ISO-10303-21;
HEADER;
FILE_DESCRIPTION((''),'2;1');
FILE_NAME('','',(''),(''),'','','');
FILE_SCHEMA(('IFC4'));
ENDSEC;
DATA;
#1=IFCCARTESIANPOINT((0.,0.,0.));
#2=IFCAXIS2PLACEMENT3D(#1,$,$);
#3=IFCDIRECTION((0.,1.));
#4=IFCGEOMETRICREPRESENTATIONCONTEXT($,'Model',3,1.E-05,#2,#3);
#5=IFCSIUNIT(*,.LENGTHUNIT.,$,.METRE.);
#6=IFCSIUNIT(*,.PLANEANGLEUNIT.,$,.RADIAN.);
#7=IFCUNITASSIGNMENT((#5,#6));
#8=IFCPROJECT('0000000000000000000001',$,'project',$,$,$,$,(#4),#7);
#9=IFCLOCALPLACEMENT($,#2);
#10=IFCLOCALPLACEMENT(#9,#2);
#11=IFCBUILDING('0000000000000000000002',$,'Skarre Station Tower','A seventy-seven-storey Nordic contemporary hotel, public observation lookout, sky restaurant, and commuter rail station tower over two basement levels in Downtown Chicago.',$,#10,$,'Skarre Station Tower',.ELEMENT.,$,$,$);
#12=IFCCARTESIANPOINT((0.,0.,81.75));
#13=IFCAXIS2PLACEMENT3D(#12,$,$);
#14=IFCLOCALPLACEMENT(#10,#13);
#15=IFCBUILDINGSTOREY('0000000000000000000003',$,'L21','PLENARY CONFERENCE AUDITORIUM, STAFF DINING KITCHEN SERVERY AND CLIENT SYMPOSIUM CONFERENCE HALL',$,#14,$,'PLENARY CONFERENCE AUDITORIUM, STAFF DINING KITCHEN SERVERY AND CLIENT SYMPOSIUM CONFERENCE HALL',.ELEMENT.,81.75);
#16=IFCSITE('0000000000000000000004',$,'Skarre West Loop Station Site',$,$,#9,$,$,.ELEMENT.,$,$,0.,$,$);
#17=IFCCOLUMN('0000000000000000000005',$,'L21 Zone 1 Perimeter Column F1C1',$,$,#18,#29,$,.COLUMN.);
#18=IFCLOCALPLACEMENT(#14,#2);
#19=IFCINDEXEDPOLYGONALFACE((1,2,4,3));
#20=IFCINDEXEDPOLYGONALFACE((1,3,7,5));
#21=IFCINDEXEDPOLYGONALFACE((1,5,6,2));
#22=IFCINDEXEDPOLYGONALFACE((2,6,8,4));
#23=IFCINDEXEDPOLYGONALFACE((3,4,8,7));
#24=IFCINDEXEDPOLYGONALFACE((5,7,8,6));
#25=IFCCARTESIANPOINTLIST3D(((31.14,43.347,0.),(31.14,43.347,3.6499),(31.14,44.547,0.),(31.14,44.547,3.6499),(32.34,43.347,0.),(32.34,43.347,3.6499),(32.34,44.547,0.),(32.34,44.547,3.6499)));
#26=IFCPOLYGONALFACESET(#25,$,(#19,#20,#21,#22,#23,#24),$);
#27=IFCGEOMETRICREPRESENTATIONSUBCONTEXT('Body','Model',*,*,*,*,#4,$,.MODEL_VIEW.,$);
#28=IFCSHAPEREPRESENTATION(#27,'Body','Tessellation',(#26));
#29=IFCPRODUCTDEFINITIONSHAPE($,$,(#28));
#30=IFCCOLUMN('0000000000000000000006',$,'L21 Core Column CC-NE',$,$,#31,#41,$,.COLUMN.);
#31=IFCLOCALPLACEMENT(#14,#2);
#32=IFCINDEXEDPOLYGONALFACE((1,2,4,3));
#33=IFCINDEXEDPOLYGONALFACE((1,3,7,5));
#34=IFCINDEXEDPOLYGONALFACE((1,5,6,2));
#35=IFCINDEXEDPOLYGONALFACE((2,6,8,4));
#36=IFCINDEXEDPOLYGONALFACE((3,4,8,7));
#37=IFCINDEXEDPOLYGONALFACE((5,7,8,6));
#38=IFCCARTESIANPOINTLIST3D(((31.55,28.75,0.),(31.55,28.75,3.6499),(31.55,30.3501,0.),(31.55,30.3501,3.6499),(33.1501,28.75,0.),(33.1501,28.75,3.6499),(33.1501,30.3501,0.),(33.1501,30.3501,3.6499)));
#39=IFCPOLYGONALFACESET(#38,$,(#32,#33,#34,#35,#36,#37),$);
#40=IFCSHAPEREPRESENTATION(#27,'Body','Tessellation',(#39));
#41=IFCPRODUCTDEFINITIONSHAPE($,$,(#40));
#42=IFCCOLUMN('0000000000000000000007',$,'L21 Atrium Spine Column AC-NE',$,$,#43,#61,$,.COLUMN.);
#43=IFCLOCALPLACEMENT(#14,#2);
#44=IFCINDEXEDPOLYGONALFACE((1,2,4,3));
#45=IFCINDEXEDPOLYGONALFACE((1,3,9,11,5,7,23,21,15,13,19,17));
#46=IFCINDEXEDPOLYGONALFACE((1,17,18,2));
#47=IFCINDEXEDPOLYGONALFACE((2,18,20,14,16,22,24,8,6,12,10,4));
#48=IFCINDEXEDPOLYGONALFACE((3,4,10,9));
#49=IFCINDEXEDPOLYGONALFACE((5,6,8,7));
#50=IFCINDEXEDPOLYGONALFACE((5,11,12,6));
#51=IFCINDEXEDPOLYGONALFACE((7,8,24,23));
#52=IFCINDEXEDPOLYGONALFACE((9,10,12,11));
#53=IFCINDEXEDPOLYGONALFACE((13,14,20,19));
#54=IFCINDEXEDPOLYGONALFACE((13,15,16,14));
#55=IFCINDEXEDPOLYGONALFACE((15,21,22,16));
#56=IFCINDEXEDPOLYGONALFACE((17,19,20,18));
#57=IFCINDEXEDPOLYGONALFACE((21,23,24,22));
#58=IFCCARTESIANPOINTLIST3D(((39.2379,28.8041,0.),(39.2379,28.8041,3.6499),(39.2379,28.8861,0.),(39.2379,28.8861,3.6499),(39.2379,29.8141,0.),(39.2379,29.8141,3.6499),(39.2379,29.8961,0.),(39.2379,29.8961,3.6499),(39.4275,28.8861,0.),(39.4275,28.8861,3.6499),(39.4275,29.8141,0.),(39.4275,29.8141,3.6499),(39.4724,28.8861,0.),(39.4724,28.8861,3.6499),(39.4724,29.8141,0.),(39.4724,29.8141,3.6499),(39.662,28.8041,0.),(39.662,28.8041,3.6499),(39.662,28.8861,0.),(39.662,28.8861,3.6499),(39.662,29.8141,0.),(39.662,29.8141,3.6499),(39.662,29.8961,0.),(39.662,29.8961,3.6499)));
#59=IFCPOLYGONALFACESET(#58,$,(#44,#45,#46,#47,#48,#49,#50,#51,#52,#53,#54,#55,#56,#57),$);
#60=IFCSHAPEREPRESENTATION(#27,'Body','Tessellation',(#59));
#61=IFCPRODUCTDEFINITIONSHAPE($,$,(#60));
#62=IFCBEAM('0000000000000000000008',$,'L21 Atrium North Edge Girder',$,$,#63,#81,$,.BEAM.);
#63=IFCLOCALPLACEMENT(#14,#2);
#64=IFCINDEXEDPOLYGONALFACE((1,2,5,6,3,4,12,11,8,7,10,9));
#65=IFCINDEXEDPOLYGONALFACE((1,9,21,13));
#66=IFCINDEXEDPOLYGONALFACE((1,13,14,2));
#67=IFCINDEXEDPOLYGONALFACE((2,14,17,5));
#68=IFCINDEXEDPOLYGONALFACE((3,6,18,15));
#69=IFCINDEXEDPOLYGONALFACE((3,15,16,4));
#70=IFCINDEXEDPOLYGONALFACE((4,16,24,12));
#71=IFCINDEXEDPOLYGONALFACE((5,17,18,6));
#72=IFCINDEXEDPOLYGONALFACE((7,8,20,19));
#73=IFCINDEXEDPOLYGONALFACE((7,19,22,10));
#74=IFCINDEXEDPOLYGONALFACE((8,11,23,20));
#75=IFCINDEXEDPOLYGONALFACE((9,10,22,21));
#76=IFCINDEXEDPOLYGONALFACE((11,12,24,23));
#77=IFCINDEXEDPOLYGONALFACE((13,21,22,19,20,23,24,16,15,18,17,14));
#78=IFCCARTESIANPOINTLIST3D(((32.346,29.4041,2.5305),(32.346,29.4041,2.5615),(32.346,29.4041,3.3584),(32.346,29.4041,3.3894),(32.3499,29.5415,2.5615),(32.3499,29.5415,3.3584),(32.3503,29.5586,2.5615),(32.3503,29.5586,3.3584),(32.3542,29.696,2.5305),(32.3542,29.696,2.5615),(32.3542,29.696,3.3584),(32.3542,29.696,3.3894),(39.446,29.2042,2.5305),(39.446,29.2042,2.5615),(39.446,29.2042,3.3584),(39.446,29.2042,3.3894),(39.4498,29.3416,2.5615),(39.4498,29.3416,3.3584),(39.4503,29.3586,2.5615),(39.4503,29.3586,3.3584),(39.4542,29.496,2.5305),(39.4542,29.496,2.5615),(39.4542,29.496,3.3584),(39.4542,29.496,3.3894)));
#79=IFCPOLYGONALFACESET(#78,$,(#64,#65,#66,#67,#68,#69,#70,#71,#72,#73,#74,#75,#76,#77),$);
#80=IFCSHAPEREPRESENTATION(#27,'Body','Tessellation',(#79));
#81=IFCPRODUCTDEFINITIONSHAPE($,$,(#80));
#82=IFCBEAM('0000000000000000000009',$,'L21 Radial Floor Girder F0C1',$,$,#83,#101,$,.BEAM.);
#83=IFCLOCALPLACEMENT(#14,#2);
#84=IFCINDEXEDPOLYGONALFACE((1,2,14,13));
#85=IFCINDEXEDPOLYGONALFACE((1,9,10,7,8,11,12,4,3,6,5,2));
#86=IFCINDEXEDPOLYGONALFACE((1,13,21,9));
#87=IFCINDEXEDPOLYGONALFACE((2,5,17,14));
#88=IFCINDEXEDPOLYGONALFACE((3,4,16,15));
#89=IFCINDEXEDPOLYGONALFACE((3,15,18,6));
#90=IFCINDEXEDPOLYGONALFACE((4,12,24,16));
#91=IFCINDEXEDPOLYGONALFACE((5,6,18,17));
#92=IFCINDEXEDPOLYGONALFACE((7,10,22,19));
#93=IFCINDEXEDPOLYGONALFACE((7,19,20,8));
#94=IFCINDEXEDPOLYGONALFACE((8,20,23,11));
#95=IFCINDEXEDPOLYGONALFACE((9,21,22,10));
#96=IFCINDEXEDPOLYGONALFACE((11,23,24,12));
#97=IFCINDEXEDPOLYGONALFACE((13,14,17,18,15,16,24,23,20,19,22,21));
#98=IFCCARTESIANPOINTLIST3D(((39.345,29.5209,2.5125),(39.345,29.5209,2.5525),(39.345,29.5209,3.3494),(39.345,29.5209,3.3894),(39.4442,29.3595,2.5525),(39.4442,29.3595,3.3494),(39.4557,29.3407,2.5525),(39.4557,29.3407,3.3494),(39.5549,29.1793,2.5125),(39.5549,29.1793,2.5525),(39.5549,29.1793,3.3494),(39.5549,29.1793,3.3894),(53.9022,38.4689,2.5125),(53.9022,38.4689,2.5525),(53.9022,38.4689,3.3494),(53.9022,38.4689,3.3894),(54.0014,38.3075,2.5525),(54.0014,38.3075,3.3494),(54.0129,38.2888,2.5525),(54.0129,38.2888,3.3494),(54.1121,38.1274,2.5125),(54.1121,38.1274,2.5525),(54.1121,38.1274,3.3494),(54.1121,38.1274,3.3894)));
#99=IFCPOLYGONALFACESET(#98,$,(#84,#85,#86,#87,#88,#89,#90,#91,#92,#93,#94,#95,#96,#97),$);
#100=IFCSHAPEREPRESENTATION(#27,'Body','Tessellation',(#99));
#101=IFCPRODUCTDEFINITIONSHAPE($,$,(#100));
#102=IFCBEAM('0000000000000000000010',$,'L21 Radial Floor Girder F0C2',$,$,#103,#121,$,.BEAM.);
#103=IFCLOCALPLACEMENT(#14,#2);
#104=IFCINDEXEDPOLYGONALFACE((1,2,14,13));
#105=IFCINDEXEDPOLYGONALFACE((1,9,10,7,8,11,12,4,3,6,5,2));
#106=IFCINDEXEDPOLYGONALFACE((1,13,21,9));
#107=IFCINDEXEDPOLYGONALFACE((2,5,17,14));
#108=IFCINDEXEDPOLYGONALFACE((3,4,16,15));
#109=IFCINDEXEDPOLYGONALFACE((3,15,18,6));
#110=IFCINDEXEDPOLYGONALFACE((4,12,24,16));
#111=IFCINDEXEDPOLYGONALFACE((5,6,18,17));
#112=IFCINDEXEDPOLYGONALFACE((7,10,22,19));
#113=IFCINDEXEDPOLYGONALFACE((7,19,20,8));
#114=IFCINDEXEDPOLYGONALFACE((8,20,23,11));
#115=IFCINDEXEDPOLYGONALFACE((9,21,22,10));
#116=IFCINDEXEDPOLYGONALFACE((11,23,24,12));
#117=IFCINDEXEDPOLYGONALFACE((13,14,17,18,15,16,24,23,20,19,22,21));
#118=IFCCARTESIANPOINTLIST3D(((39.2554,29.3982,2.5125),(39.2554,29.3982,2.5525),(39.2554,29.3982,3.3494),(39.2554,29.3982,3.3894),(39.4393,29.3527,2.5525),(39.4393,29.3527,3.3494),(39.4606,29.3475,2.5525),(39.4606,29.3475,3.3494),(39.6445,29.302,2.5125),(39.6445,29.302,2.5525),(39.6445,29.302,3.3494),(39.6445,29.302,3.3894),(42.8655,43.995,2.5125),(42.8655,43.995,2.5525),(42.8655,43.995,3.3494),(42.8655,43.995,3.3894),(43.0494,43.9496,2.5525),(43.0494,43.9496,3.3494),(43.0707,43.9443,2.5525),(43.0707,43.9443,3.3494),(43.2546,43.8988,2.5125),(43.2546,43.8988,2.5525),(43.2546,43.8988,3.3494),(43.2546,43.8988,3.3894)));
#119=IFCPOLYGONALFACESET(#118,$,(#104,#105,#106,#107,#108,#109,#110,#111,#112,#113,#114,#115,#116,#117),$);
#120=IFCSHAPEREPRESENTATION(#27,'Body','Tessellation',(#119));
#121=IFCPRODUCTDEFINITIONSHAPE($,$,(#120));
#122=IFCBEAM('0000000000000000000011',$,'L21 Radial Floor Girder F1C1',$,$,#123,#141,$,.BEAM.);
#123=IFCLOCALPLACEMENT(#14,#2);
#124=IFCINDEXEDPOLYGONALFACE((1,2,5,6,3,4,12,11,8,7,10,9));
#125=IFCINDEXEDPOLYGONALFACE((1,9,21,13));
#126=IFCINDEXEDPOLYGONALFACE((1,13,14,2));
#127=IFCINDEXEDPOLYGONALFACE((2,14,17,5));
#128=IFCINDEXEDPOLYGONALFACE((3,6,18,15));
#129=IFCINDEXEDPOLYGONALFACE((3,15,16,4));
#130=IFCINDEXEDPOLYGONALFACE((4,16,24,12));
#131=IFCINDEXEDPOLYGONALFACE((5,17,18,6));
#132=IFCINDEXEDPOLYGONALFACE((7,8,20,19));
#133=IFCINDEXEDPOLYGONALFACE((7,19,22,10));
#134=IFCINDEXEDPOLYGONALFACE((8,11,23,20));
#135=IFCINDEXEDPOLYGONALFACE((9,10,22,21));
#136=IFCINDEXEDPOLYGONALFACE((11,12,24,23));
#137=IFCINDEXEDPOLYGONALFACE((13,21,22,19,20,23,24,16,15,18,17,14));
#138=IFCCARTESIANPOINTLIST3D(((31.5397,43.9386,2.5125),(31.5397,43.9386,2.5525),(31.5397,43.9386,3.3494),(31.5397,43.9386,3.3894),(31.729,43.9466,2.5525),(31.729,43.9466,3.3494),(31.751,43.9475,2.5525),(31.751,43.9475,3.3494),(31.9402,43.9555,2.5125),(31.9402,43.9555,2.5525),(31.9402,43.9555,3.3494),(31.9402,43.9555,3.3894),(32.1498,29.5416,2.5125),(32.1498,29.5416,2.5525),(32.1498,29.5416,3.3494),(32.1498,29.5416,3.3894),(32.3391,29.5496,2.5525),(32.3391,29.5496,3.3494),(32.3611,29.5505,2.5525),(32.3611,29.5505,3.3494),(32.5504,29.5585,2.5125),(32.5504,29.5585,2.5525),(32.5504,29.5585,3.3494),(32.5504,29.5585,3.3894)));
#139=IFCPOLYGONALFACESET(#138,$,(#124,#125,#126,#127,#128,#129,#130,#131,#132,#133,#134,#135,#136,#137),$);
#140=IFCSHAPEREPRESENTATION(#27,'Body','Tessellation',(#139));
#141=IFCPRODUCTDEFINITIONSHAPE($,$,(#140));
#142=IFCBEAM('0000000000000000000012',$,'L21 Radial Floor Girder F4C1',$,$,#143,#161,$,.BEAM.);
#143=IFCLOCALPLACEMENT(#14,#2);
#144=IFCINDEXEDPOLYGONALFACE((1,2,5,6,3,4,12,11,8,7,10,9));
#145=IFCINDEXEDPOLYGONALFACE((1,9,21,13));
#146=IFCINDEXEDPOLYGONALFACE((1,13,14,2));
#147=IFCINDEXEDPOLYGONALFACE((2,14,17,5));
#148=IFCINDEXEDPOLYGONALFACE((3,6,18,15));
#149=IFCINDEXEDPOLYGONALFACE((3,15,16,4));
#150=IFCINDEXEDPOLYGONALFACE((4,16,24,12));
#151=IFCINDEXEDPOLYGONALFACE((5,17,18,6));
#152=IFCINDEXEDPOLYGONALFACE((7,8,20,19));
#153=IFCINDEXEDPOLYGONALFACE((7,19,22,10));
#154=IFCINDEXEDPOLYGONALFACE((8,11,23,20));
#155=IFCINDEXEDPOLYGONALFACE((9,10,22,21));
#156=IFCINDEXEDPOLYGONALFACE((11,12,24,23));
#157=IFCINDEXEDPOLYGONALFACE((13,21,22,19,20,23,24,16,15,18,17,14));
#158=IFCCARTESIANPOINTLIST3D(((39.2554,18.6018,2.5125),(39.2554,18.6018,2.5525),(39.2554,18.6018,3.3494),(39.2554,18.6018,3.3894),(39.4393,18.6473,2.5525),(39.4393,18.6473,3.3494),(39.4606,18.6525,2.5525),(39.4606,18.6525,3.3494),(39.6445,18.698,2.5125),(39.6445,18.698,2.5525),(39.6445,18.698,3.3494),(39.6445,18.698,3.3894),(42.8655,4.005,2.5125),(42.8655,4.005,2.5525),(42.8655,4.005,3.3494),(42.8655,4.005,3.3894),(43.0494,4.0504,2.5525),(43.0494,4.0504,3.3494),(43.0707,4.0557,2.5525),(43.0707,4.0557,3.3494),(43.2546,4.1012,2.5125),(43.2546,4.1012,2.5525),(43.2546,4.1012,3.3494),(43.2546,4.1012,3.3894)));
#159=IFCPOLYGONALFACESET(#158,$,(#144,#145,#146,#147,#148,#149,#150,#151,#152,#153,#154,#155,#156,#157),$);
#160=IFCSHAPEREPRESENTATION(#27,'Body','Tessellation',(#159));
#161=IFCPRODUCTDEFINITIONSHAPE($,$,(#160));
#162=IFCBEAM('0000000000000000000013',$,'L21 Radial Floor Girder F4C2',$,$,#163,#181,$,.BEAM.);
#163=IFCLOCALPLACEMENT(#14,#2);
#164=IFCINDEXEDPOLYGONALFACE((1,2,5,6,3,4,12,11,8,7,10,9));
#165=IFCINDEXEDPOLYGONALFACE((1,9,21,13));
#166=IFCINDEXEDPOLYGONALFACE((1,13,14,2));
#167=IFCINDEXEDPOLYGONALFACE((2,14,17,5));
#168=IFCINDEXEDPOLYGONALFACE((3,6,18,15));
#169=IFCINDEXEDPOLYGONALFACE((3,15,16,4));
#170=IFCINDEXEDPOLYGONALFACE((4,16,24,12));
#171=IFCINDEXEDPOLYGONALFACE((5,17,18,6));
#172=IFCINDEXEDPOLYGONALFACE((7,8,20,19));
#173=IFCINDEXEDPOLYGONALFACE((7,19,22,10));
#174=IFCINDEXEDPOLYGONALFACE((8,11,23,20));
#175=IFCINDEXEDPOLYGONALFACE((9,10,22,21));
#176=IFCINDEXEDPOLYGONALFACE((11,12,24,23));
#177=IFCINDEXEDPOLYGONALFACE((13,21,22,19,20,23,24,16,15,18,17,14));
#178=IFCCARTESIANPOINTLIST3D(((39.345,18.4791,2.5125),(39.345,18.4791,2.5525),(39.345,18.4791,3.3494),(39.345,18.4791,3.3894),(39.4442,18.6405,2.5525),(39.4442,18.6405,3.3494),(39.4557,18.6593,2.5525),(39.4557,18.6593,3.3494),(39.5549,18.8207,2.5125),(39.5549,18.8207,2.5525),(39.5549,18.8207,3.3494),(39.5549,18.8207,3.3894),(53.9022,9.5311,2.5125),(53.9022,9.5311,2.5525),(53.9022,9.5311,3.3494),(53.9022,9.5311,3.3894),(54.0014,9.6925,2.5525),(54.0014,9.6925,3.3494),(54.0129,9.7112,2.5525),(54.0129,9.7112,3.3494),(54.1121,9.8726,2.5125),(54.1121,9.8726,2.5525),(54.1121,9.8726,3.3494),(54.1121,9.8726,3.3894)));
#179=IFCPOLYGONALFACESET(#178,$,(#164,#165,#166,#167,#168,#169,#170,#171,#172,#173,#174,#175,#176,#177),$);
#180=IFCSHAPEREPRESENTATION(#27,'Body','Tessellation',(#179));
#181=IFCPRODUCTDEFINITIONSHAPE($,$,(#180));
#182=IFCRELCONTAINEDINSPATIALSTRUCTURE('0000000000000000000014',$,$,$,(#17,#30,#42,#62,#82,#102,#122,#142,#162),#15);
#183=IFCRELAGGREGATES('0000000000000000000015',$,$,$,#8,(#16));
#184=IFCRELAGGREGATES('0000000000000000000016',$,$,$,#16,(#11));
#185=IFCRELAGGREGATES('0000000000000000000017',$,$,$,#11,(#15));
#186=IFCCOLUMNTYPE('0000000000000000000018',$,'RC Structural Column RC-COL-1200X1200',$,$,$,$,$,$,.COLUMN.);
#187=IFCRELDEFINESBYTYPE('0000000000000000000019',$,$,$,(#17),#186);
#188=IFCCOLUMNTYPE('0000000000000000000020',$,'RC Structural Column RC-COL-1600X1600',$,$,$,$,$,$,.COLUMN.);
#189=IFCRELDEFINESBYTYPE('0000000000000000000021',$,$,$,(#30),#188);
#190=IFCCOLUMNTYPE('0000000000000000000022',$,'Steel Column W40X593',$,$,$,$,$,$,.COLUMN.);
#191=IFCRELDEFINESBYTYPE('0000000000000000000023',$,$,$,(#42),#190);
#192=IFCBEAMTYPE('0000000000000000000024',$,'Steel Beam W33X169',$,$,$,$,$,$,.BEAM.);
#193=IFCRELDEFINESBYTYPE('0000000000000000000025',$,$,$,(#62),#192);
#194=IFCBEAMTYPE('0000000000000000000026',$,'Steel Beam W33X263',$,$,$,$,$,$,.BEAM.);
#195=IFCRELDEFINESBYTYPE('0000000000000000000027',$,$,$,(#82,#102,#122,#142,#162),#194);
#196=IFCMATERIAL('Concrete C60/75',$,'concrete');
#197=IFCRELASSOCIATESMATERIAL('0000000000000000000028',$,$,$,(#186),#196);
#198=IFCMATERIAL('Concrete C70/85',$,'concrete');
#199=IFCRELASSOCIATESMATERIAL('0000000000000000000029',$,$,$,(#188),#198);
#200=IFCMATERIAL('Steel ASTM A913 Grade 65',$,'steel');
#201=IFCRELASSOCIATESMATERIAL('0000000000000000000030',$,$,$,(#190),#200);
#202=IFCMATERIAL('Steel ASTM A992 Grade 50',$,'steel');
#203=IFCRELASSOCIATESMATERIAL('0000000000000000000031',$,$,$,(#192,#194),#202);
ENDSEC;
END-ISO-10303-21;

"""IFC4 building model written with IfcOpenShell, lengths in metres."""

from ifc_helpers import new_model, si_unit, direction, frame, origin, origin_2d, place, context, subcontext, project, spatial, rectangle, i_section, extrude, material, material_profile, profile_set, type_object, element, save


model = new_model("IFC4")

# Units and contexts
model_context = context("Model", 3, precision=1e-05, world=origin(), true_north=direction((0.0, 1.0)))
body_context = subcontext(model_context, "Body", "Model", "MODEL_VIEW")
ifc_project = project(units=[si_unit("LENGTHUNIT", "METRE"), si_unit("PLANEANGLEUNIT", "RADIAN")], contexts=[model_context])

# Site, building, storey
site_placement = place(None, origin())
site = spatial("IfcSite", under=ifc_project, at=site_placement, Name="Skarre West Loop Station Site", CompositionType="ELEMENT", RefElevation=0.0)
building_placement = place(site_placement, origin())
building = spatial("IfcBuilding", under=site, at=building_placement, Name="Skarre Station Tower", Description="A seventy-seven-storey Nordic contemporary hotel, public observation lookout, sky restaurant, and commuter rail station tower over two basement levels in Downtown Chicago.", LongName="Skarre Station Tower", CompositionType="ELEMENT")
storey_placement = place(building_placement, frame((0.0, 0.0, 81.75)))
storey = spatial("IfcBuildingStorey", under=building, at=storey_placement, Name="L21", Description="PLENARY CONFERENCE AUDITORIUM, STAFF DINING KITCHEN SERVERY AND CLIENT SYMPOSIUM CONFERENCE HALL", LongName="PLENARY CONFERENCE AUDITORIUM, STAFF DINING KITCHEN SERVERY AND CLIENT SYMPOSIUM CONFERENCE HALL", CompositionType="ELEMENT", Elevation=81.75)

# Columns
ifc_material_1 = material(Name="Concrete C60/75", Category="concrete")
ifc_material_profile_1 = material_profile(ifc_material_1, rectangle(XDim=1.2, YDim=1.2, at=origin_2d()), Name="Concrete C60/75")
ifc_profile_set_1 = profile_set([ifc_material_profile_1], Name="Concrete C60/75")
column_type_1 = type_object("IfcColumnType", Name="RC Structural Column RC-COL-1200X1200", PredefinedType="COLUMN", material=ifc_profile_set_1)
column_1_placement = place(storey_placement, frame((31.74, 43.947, 0.0), z_axis=(0.0, 0.0, 1.0), x_axis=(1.0, 0.0, 0.0)))
element("IfcColumn", 1, at=column_1_placement, inside=storey, type_object=column_type_1, Name="L21 Zone 1 Perimeter Column F1C1", PredefinedType="COLUMN", context=body_context, shape_type="SweptSolid", body=[
    extrude(rectangle(XDim=1.2, YDim=1.2, at=origin_2d()), origin(), (0.0, 0.0, 1.0), 3.6499),
])
ifc_material_2 = material(Name="Concrete C70/85", Category="concrete")
ifc_material_profile_2 = material_profile(ifc_material_2, rectangle(XDim=1.6001, YDim=1.6001, at=origin_2d()), Name="Concrete C70/85")
ifc_profile_set_2 = profile_set([ifc_material_profile_2], Name="Concrete C70/85")
column_type_2 = type_object("IfcColumnType", Name="RC Structural Column RC-COL-1600X1600", PredefinedType="COLUMN", material=ifc_profile_set_2)
column_2_placement = place(storey_placement, frame((32.3501, 29.55, 0.0), z_axis=(0.0, 0.0, 1.0), x_axis=(1.0, 0.0, 0.0)))
element("IfcColumn", 2, at=column_2_placement, inside=storey, type_object=column_type_2, Name="L21 Core Column CC-NE", PredefinedType="COLUMN", context=body_context, shape_type="SweptSolid", body=[
    extrude(rectangle(XDim=1.6001, YDim=1.6001, at=origin_2d()), origin(), (0.0, 0.0, 1.0), 3.6499),
])
ifc_material_3 = material(Name="Steel ASTM A913 Grade 65", Category="steel")
ifc_material_profile_3 = material_profile(ifc_material_3, i_section(OverallWidth=0.4241, OverallDepth=1.092, WebThickness=0.0449, FlangeThickness=0.082, at=origin_2d()), Name="Steel ASTM A913 Grade 65")
ifc_profile_set_3 = profile_set([ifc_material_profile_3], Name="Steel ASTM A913 Grade 65")
column_type_3 = type_object("IfcColumnType", Name="Steel Column W40X593", PredefinedType="COLUMN", material=ifc_profile_set_3)
column_3_placement = place(storey_placement, frame((39.45, 29.3501, 0.0), z_axis=(0.0, 0.0, 1.0), x_axis=(1.0, 0.0, 0.0)))
element("IfcColumn", 3, at=column_3_placement, inside=storey, type_object=column_type_3, Name="L21 Atrium Spine Column AC-NE", PredefinedType="COLUMN", context=body_context, shape_type="SweptSolid", body=[
    extrude(i_section(OverallWidth=0.4241, OverallDepth=1.092, WebThickness=0.0449, FlangeThickness=0.082, at=origin_2d()), origin(), (0.0, 0.0, 1.0), 3.6499),
])

# Beams
ifc_material_4 = material(Name="Steel ASTM A992 Grade 50", Category="steel")
ifc_material_profile_4 = material_profile(ifc_material_4, i_section(OverallWidth=0.292, OverallDepth=0.8589, WebThickness=0.0171, FlangeThickness=0.031, at=origin_2d()), Name="Steel ASTM A992 Grade 50")
ifc_profile_set_4 = profile_set([ifc_material_profile_4], Name="Steel ASTM A992 Grade 50")
beam_type_1 = type_object("IfcBeamType", Name="Steel Beam W33X169", PredefinedType="BEAM", material=ifc_profile_set_4)
beam_1_placement = place(storey_placement, frame((32.3501, 29.55, 2.96), z_axis=(0.999604, -0.028152, 0.0), x_axis=(0.028152, 0.999604, 0.0)))
element("IfcBeam", 4, at=beam_1_placement, inside=storey, type_object=beam_type_1, Name="L21 Atrium North Edge Girder", PredefinedType="BEAM", context=body_context, shape_type="SweptSolid", body=[
    extrude(i_section(OverallWidth=0.292, OverallDepth=0.8589, WebThickness=0.0171, FlangeThickness=0.031, at=origin_2d()), origin(), (0.0, 0.0, 1.0), 7.1028),
])
ifc_material_profile_5 = material_profile(ifc_material_4, i_section(OverallWidth=0.4009, OverallDepth=0.877, WebThickness=0.022, FlangeThickness=0.04, at=origin_2d()), Name="Steel ASTM A992 Grade 50")
ifc_profile_set_5 = profile_set([ifc_material_profile_5], Name="Steel ASTM A992 Grade 50")
beam_type_2 = type_object("IfcBeamType", Name="Steel Beam W33X263", PredefinedType="BEAM", material=ifc_profile_set_5)
beam_2_placement = place(storey_placement, frame((39.45, 29.3501, 2.9509), z_axis=(0.851926, 0.523663, 0.0), x_axis=(-0.523663, 0.851926, 0.0)))
element("IfcBeam", 5, at=beam_2_placement, inside=storey, type_object=beam_type_2, Name="L21 Radial Floor Girder F0C1", PredefinedType="BEAM", context=body_context, shape_type="SweptSolid", body=[
    extrude(i_section(OverallWidth=0.4009, OverallDepth=0.877, WebThickness=0.022, FlangeThickness=0.04, at=origin_2d()), origin(), (0.0, 0.0, 1.0), 17.0874),
])
beam_3_placement = place(storey_placement, frame((39.45, 29.3501, 2.9509), z_axis=(0.240086, 0.970752, 0.0), x_axis=(-0.970752, 0.240086, 0.0)))
element("IfcBeam", 6, at=beam_3_placement, inside=storey, type_object=beam_type_2, Name="L21 Radial Floor Girder F0C2", PredefinedType="BEAM", context=body_context, shape_type="SweptSolid", body=[
    extrude(i_section(OverallWidth=0.4009, OverallDepth=0.877, WebThickness=0.022, FlangeThickness=0.04, at=origin_2d()), origin(), (0.0, 0.0, 1.0), 15.0366),
])
beam_4_placement = place(storey_placement, frame((32.3501, 29.55, 2.9509), z_axis=(-0.042339, 0.999103, 0.0), x_axis=(-0.999103, -0.042339, 0.0)))
element("IfcBeam", 7, at=beam_4_placement, inside=storey, type_object=beam_type_2, Name="L21 Radial Floor Girder F1C1", PredefinedType="BEAM", context=body_context, shape_type="SweptSolid", body=[
    extrude(i_section(OverallWidth=0.4009, OverallDepth=0.877, WebThickness=0.022, FlangeThickness=0.04, at=origin_2d()), origin(), (0.0, 0.0, 1.0), 14.4099),
])
beam_5_placement = place(storey_placement, frame((39.45, 18.6499, 2.9509), z_axis=(0.240086, -0.970752, 0.0), x_axis=(0.970752, 0.240086, 0.0)))
element("IfcBeam", 8, at=beam_5_placement, inside=storey, type_object=beam_type_2, Name="L21 Radial Floor Girder F4C1", PredefinedType="BEAM", context=body_context, shape_type="SweptSolid", body=[
    extrude(i_section(OverallWidth=0.4009, OverallDepth=0.877, WebThickness=0.022, FlangeThickness=0.04, at=origin_2d()), origin(), (0.0, 0.0, 1.0), 15.0366),
])
beam_6_placement = place(storey_placement, frame((39.45, 18.6499, 2.9509), z_axis=(0.851926, -0.523663, 0.0), x_axis=(0.523663, 0.851926, 0.0)))
element("IfcBeam", 9, at=beam_6_placement, inside=storey, type_object=beam_type_2, Name="L21 Radial Floor Girder F4C2", PredefinedType="BEAM", context=body_context, shape_type="SweptSolid", body=[
    extrude(i_section(OverallWidth=0.4009, OverallDepth=0.877, WebThickness=0.022, FlangeThickness=0.04, at=origin_2d()), origin(), (0.0, 0.0, 1.0), 17.0874),
])

save(model, "model.ifc")
